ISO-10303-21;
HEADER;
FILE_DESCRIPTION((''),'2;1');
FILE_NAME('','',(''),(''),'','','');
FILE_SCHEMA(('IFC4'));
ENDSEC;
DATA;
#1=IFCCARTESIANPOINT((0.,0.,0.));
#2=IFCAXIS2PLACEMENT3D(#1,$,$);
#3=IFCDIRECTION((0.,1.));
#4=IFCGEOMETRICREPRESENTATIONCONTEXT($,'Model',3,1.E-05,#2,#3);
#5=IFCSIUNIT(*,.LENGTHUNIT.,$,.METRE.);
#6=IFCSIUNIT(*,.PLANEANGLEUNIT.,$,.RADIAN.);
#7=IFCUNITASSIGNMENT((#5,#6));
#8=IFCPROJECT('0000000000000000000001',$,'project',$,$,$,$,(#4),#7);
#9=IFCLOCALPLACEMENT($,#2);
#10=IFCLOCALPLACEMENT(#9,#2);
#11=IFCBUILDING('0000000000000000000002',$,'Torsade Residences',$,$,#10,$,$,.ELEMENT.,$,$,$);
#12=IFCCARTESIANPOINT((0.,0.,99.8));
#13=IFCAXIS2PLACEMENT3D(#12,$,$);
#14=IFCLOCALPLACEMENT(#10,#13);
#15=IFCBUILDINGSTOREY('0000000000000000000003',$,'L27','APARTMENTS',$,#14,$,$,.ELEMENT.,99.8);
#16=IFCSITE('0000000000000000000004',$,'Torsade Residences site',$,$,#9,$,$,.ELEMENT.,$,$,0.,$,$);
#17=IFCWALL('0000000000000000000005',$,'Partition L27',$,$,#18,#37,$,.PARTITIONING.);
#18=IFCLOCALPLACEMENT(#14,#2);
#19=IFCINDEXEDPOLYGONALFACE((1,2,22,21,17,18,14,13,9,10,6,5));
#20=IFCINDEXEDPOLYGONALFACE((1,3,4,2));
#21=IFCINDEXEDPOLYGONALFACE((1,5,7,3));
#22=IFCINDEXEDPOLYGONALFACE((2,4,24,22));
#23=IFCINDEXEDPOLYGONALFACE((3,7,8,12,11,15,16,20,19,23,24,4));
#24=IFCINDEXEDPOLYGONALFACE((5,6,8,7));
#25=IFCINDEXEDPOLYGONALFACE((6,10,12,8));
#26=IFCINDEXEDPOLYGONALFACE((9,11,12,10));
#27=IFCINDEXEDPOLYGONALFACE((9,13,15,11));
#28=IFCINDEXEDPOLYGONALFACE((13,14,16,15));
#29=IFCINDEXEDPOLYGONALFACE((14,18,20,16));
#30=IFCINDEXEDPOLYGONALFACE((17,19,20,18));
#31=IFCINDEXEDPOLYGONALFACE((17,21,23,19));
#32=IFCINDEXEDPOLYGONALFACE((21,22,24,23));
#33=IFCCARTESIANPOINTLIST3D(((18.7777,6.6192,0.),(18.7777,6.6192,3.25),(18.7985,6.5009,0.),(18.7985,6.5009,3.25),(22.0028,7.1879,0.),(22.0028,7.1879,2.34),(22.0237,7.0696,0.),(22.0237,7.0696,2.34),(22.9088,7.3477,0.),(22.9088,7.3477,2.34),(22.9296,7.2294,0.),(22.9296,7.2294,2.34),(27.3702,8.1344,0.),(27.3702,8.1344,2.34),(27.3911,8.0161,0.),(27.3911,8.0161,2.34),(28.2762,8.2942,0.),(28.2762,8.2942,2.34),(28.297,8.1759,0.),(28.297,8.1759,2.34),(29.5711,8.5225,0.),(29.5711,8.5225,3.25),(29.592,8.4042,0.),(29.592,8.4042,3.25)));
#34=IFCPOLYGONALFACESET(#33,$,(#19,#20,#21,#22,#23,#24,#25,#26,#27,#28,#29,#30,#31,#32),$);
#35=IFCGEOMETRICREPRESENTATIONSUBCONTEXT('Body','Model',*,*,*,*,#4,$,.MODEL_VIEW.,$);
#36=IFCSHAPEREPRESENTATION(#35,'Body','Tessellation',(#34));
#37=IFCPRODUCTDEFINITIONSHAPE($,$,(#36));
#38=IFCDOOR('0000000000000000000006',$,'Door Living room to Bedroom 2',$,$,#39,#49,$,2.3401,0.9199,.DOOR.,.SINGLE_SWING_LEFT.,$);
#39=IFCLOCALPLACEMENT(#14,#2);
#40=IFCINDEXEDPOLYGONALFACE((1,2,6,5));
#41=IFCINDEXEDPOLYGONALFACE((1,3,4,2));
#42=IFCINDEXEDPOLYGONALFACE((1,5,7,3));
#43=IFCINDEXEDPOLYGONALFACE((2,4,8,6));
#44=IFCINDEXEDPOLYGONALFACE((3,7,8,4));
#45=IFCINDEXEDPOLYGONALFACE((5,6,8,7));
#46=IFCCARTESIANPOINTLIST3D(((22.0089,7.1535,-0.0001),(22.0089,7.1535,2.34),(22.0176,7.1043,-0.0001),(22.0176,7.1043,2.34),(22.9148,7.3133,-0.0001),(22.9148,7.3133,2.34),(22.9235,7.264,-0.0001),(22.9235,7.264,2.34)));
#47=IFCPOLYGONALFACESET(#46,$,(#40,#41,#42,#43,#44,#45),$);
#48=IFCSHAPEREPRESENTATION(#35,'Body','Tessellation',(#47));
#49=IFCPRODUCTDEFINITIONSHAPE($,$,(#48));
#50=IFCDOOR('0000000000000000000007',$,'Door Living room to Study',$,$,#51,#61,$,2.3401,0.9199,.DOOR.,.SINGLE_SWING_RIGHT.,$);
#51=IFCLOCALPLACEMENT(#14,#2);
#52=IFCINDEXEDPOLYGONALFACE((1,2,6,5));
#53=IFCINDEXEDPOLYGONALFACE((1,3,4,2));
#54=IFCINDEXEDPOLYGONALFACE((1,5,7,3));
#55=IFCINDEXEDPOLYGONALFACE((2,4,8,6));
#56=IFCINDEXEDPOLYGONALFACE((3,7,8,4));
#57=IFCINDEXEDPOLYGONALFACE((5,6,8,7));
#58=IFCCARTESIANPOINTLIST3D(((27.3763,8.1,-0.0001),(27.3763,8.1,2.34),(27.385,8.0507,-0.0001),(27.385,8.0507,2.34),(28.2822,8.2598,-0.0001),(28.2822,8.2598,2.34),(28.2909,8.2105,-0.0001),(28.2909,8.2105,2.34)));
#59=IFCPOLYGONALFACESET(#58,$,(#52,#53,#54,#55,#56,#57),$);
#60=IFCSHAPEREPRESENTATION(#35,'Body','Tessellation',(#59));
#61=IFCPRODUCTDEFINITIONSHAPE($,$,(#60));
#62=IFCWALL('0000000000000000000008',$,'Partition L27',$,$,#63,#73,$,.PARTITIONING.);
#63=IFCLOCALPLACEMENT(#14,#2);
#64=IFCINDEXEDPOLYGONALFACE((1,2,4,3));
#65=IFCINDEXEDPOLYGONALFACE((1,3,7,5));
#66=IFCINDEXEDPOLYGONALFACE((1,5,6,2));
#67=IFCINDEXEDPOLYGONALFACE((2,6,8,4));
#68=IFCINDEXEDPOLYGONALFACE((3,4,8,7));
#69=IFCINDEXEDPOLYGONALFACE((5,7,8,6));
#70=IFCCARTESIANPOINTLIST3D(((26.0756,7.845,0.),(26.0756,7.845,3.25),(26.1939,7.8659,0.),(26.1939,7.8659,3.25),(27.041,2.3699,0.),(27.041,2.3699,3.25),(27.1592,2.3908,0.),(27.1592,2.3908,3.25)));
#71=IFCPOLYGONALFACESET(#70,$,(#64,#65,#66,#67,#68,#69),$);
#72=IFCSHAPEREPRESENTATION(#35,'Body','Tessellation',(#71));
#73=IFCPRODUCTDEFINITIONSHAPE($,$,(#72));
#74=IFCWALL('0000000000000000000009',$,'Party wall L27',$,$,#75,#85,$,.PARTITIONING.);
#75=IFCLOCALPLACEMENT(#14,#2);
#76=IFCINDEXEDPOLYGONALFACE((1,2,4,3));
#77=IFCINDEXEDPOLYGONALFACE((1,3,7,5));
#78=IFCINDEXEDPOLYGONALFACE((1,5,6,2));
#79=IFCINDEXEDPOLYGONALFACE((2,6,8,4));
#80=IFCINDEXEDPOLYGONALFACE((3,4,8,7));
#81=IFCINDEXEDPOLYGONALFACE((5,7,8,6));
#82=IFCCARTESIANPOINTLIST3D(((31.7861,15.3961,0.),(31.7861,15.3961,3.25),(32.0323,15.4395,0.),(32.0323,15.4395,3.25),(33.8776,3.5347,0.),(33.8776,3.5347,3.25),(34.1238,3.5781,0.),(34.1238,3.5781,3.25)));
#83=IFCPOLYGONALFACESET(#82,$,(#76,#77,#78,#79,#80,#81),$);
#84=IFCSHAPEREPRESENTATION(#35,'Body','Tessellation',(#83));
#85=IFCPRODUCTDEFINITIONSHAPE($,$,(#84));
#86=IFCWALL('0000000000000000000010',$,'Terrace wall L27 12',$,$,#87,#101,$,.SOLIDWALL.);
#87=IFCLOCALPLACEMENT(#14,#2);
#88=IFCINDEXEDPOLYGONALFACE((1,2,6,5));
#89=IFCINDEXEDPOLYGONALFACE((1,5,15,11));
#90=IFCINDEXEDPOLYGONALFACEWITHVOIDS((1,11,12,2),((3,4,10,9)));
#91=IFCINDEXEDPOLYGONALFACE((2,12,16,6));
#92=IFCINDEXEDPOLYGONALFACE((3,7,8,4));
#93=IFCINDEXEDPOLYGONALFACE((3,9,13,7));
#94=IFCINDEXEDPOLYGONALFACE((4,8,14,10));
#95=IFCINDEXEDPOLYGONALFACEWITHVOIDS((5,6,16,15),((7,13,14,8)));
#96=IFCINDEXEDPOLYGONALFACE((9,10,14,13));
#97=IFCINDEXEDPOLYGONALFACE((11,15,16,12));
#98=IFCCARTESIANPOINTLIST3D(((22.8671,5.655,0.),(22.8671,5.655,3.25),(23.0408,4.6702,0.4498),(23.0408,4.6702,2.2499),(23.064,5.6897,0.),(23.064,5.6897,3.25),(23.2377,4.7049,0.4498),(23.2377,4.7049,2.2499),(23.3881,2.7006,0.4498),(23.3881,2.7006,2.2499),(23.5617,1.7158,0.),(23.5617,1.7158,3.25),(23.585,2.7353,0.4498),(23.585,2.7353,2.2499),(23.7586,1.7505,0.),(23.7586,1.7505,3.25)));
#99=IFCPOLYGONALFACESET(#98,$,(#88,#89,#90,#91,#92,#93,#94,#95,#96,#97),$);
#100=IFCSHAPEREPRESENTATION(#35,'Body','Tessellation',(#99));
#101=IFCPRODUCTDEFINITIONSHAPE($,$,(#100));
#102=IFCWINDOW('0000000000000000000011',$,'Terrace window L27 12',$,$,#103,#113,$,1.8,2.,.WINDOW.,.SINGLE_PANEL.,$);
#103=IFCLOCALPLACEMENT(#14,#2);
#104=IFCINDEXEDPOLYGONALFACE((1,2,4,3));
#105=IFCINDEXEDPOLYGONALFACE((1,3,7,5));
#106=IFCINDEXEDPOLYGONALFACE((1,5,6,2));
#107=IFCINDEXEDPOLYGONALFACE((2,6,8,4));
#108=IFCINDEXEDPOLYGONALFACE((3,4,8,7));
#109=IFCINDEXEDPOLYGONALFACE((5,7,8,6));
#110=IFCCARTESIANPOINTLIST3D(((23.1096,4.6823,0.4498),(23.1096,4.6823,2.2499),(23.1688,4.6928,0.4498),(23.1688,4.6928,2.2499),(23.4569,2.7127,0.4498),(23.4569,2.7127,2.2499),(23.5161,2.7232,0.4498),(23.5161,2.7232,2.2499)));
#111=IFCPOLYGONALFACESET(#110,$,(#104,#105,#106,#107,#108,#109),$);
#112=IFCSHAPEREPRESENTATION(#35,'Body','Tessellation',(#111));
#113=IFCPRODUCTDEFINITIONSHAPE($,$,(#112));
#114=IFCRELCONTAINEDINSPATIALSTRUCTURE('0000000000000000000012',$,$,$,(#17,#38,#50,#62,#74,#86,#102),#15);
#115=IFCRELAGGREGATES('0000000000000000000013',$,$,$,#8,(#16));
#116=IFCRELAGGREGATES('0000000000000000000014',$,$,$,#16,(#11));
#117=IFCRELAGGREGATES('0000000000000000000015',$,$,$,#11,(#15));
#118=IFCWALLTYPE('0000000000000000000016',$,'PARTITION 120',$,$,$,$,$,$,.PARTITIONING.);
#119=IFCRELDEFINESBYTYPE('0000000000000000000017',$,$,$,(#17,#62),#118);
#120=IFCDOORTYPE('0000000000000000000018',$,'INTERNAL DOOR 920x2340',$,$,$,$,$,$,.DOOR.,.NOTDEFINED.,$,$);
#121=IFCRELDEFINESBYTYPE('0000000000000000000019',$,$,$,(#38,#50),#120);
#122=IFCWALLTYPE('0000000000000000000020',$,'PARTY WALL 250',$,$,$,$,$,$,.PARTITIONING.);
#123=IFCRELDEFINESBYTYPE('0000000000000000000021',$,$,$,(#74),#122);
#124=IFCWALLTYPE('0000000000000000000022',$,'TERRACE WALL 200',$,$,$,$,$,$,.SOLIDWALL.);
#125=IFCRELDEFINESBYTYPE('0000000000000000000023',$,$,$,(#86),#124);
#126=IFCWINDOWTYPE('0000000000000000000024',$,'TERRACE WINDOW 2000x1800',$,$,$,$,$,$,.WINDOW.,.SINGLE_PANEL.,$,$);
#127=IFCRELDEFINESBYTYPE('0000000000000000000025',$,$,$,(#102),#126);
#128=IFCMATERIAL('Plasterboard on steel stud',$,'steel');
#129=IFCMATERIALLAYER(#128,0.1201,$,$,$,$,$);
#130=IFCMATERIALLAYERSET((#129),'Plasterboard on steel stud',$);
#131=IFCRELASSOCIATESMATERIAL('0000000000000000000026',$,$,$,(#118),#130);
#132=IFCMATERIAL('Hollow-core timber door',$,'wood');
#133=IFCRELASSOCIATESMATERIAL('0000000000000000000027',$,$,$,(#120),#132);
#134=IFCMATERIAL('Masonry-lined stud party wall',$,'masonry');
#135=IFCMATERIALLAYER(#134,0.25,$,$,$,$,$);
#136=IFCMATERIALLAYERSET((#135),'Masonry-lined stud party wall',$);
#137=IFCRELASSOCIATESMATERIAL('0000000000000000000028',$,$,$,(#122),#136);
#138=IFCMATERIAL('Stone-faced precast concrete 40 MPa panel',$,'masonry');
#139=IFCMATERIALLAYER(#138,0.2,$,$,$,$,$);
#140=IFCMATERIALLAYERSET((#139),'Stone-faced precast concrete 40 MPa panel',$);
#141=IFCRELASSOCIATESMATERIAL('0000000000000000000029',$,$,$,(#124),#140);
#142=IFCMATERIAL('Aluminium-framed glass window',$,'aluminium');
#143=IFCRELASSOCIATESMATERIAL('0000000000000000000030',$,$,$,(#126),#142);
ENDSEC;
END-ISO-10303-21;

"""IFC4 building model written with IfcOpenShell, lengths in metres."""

from ifc_helpers import new_model, si_unit, direction, frame, frame_2d, origin, place, context, subcontext, project, spatial, rectangle, extrude, material, layer, layer_set, type_object, element, fill, save


model = new_model("IFC4")

# Units and contexts
model_context = context("Model", 3, precision=1e-05, world=origin(), true_north=direction((0.0, 1.0)))
body_context = subcontext(model_context, "Body", "Model", "MODEL_VIEW")
ifc_project = project(units=[si_unit("LENGTHUNIT", "METRE"), si_unit("PLANEANGLEUNIT", "RADIAN")], contexts=[model_context])

# Site, building, storey
site_placement = place(None, origin())
site = spatial("IfcSite", under=ifc_project, at=site_placement, Name="Torsade Residences site", CompositionType="ELEMENT", RefElevation=0.0)
building_placement = place(site_placement, origin())
building = spatial("IfcBuilding", under=site, at=building_placement, Name="Torsade Residences", CompositionType="ELEMENT")
storey_placement = place(building_placement, frame((0.0, 0.0, 99.8)))
storey = spatial("IfcBuildingStorey", under=building, at=storey_placement, Name="L27", Description="APARTMENTS", CompositionType="ELEMENT", Elevation=99.8)

# Shared definitions
ifc_material_1 = material(Name="Plasterboard on steel stud", Category="steel")
ifc_layer_1 = layer(ifc_material_1, 0.1201)
ifc_layer_set_1 = layer_set([ifc_layer_1], Name="Plasterboard on steel stud")
wall_type_1 = type_object("IfcWallType", Name="PARTITION 120", PredefinedType="PARTITIONING", material=ifc_layer_set_1)
ifc_material_2 = material(Name="Hollow-core timber door", Category="wood")
door_type = type_object("IfcDoorType", Name="INTERNAL DOOR 920x2340", OperationType="NOTDEFINED", PredefinedType="DOOR", material=ifc_material_2)

# Wall, openings, doors
wall_1_placement = place(storey_placement, frame((29.5815, 8.4634, 0.0), z_axis=(0.0, 0.0, 1.0), x_axis=(-0.984806, -0.173661, 0.0)))
wall_1 = element("IfcWall", 1, at=wall_1_placement, inside=storey, type_object=wall_type_1, Name="Partition L27", PredefinedType="PARTITIONING", context=body_context, shape_type="SweptSolid", body=[
    extrude(rectangle(XDim=10.96, YDim=0.1201, at=frame_2d((5.48, 0.0))), origin(), (0.0, 0.0, 1.0), 3.25),
])
opening_1_placement = place(wall_1_placement, frame((6.7651, 0.0, 0.0)))
opening_1 = element("IfcOpeningElement", 2, at=opening_1_placement, cuts=wall_1, PredefinedType="OPENING", context=body_context, shape_type="SweptSolid", body=[
    extrude(rectangle(XDim=0.9199, YDim=2.3401, at=frame_2d((0.46, 1.1699))), frame((0.0, 0.0701, 0.0), z_axis=(0.0, -1.0, 0.0), x_axis=(1.0, 0.0, 0.0)), (0.0, 0.0, 1.0), 0.1401),
])
opening_2_placement = place(wall_1_placement, frame((1.3149, 0.0, 0.0)))
opening_2 = element("IfcOpeningElement", 3, at=opening_2_placement, cuts=wall_1, PredefinedType="OPENING", context=body_context, shape_type="SweptSolid", body=[
    extrude(rectangle(XDim=0.9199, YDim=2.3401, at=frame_2d((0.46, 1.1699))), frame((0.0, 0.0701, 0.0), z_axis=(0.0, -1.0, 0.0), x_axis=(1.0, 0.0, 0.0)), (0.0, 0.0, 1.0), 0.1401),
])
door_1_placement = place(opening_1_placement, origin())
door_1 = element("IfcDoor", 4, at=door_1_placement, inside=storey, type_object=door_type, Name="Door Living room to Bedroom 2", OperationType="SINGLE_SWING_LEFT", OverallHeight=2.3401, OverallWidth=0.9199, PredefinedType="DOOR", context=body_context, shape_type="SweptSolid", body=[
    extrude(rectangle(XDim=0.9199, YDim=2.3401, at=frame_2d((0.46, 1.1699))), frame((0.0, 0.0249, 0.0), z_axis=(0.0, -1.0, 0.0), x_axis=(1.0, 0.0, 0.0)), (0.0, 0.0, 1.0), 0.05),
])
fill(opening_1, door_1)
door_2_placement = place(opening_2_placement, origin())
door_2 = element("IfcDoor", 5, at=door_2_placement, inside=storey, type_object=door_type, Name="Door Living room to Study", OperationType="SINGLE_SWING_RIGHT", OverallHeight=2.3401, OverallWidth=0.9199, PredefinedType="DOOR", context=body_context, shape_type="SweptSolid", body=[
    extrude(rectangle(XDim=0.9199, YDim=2.3401, at=frame_2d((0.46, 1.1699))), frame((0.0, 0.0249, 0.0), z_axis=(0.0, -1.0, 0.0), x_axis=(1.0, 0.0, 0.0)), (0.0, 0.0, 1.0), 0.05),
])
fill(opening_2, door_2)

# Walls
wall_2_placement = place(storey_placement, frame((26.1348, 7.8555, 0.0), z_axis=(0.0, 0.0, 1.0), x_axis=(0.173635, -0.98481, 0.0)))
element("IfcWall", 6, at=wall_2_placement, inside=storey, type_object=wall_type_1, Name="Partition L27", PredefinedType="PARTITIONING", context=body_context, shape_type="SweptSolid", body=[
    extrude(rectangle(XDim=5.5596, YDim=0.1201, at=frame_2d((2.7798, 0.0))), origin(), (0.0, 0.0, 1.0), 3.25),
])
ifc_material_3 = material(Name="Masonry-lined stud party wall", Category="masonry")
ifc_layer_2 = layer(ifc_material_3, 0.25)
ifc_layer_set_2 = layer_set([ifc_layer_2], Name="Masonry-lined stud party wall")
wall_type_2 = type_object("IfcWallType", Name="PARTY WALL 250", PredefinedType="PARTITIONING", material=ifc_layer_set_2)
wall_3_placement = place(storey_placement, frame((34.0007, 3.5564, 0.0), z_axis=(0.0, 0.0, 1.0), x_axis=(-0.173655, 0.984807, 0.0)))
element("IfcWall", 7, at=wall_3_placement, inside=storey, type_object=wall_type_2, Name="Party wall L27", PredefinedType="PARTITIONING", context=body_context, shape_type="SweptSolid", body=[
    extrude(rectangle(XDim=12.0444, YDim=0.25, at=frame_2d((6.0222, 0.0))), origin(), (0.0, 0.0, 1.0), 3.25),
])

# Wall, opening, window
ifc_material_4 = material(Name="Stone-faced precast concrete 40 MPa panel", Category="masonry")
ifc_layer_3 = layer(ifc_material_4, 0.2)
ifc_layer_set_3 = layer_set([ifc_layer_3], Name="Stone-faced precast concrete 40 MPa panel")
wall_type_3 = type_object("IfcWallType", Name="TERRACE WALL 200", PredefinedType="SOLIDWALL", material=ifc_layer_set_3)
wall_4_placement = place(storey_placement, frame((22.9656, 5.6724, 0.0), z_axis=(0.0, 0.0, 1.0), x_axis=(0.173646, -0.984808, 0.0)))
wall_4 = element("IfcWall", 8, at=wall_4_placement, inside=storey, type_object=wall_type_3, Name="Terrace wall L27 12", PredefinedType="SOLIDWALL", context=body_context, shape_type="SweptSolid", body=[
    extrude(rectangle(XDim=4.0, YDim=0.2, at=frame_2d((2.0, 0.0))), origin(), (0.0, 0.0, 1.0), 3.25),
])
opening_3_placement = place(wall_4_placement, frame((1.0, 0.0, 0.45)))
opening_3 = element("IfcOpeningElement", 9, at=opening_3_placement, cuts=wall_4, PredefinedType="OPENING", context=body_context, shape_type="SweptSolid", body=[
    extrude(rectangle(XDim=2.0, YDim=1.8, at=frame_2d((1.0, 0.8999))), frame((0.0, 0.1099, 0.0), z_axis=(0.0, -1.0, 0.0), x_axis=(1.0, 0.0, 0.0)), (0.0, 0.0, 1.0), 0.22),
])
ifc_material_5 = material(Name="Aluminium-framed glass window", Category="aluminium")
window_type = type_object("IfcWindowType", Name="TERRACE WINDOW 2000x1800", PartitioningType="SINGLE_PANEL", PredefinedType="WINDOW", material=ifc_material_5)
window_placement = place(opening_3_placement, origin())
window = element("IfcWindow", 10, at=window_placement, inside=storey, type_object=window_type, Name="Terrace window L27 12", OverallHeight=1.8, OverallWidth=2.0, PartitioningType="SINGLE_PANEL", PredefinedType="WINDOW", context=body_context, shape_type="SweptSolid", body=[
    extrude(rectangle(XDim=2.0, YDim=1.8, at=frame_2d((1.0, 0.8999))), frame((0.0, 0.03, 0.0), z_axis=(0.0, -1.0, 0.0), x_axis=(1.0, 0.0, 0.0)), (0.0, 0.0, 1.0), 0.0601),
])
fill(opening_3, window)

save(model, "model.ifc")
